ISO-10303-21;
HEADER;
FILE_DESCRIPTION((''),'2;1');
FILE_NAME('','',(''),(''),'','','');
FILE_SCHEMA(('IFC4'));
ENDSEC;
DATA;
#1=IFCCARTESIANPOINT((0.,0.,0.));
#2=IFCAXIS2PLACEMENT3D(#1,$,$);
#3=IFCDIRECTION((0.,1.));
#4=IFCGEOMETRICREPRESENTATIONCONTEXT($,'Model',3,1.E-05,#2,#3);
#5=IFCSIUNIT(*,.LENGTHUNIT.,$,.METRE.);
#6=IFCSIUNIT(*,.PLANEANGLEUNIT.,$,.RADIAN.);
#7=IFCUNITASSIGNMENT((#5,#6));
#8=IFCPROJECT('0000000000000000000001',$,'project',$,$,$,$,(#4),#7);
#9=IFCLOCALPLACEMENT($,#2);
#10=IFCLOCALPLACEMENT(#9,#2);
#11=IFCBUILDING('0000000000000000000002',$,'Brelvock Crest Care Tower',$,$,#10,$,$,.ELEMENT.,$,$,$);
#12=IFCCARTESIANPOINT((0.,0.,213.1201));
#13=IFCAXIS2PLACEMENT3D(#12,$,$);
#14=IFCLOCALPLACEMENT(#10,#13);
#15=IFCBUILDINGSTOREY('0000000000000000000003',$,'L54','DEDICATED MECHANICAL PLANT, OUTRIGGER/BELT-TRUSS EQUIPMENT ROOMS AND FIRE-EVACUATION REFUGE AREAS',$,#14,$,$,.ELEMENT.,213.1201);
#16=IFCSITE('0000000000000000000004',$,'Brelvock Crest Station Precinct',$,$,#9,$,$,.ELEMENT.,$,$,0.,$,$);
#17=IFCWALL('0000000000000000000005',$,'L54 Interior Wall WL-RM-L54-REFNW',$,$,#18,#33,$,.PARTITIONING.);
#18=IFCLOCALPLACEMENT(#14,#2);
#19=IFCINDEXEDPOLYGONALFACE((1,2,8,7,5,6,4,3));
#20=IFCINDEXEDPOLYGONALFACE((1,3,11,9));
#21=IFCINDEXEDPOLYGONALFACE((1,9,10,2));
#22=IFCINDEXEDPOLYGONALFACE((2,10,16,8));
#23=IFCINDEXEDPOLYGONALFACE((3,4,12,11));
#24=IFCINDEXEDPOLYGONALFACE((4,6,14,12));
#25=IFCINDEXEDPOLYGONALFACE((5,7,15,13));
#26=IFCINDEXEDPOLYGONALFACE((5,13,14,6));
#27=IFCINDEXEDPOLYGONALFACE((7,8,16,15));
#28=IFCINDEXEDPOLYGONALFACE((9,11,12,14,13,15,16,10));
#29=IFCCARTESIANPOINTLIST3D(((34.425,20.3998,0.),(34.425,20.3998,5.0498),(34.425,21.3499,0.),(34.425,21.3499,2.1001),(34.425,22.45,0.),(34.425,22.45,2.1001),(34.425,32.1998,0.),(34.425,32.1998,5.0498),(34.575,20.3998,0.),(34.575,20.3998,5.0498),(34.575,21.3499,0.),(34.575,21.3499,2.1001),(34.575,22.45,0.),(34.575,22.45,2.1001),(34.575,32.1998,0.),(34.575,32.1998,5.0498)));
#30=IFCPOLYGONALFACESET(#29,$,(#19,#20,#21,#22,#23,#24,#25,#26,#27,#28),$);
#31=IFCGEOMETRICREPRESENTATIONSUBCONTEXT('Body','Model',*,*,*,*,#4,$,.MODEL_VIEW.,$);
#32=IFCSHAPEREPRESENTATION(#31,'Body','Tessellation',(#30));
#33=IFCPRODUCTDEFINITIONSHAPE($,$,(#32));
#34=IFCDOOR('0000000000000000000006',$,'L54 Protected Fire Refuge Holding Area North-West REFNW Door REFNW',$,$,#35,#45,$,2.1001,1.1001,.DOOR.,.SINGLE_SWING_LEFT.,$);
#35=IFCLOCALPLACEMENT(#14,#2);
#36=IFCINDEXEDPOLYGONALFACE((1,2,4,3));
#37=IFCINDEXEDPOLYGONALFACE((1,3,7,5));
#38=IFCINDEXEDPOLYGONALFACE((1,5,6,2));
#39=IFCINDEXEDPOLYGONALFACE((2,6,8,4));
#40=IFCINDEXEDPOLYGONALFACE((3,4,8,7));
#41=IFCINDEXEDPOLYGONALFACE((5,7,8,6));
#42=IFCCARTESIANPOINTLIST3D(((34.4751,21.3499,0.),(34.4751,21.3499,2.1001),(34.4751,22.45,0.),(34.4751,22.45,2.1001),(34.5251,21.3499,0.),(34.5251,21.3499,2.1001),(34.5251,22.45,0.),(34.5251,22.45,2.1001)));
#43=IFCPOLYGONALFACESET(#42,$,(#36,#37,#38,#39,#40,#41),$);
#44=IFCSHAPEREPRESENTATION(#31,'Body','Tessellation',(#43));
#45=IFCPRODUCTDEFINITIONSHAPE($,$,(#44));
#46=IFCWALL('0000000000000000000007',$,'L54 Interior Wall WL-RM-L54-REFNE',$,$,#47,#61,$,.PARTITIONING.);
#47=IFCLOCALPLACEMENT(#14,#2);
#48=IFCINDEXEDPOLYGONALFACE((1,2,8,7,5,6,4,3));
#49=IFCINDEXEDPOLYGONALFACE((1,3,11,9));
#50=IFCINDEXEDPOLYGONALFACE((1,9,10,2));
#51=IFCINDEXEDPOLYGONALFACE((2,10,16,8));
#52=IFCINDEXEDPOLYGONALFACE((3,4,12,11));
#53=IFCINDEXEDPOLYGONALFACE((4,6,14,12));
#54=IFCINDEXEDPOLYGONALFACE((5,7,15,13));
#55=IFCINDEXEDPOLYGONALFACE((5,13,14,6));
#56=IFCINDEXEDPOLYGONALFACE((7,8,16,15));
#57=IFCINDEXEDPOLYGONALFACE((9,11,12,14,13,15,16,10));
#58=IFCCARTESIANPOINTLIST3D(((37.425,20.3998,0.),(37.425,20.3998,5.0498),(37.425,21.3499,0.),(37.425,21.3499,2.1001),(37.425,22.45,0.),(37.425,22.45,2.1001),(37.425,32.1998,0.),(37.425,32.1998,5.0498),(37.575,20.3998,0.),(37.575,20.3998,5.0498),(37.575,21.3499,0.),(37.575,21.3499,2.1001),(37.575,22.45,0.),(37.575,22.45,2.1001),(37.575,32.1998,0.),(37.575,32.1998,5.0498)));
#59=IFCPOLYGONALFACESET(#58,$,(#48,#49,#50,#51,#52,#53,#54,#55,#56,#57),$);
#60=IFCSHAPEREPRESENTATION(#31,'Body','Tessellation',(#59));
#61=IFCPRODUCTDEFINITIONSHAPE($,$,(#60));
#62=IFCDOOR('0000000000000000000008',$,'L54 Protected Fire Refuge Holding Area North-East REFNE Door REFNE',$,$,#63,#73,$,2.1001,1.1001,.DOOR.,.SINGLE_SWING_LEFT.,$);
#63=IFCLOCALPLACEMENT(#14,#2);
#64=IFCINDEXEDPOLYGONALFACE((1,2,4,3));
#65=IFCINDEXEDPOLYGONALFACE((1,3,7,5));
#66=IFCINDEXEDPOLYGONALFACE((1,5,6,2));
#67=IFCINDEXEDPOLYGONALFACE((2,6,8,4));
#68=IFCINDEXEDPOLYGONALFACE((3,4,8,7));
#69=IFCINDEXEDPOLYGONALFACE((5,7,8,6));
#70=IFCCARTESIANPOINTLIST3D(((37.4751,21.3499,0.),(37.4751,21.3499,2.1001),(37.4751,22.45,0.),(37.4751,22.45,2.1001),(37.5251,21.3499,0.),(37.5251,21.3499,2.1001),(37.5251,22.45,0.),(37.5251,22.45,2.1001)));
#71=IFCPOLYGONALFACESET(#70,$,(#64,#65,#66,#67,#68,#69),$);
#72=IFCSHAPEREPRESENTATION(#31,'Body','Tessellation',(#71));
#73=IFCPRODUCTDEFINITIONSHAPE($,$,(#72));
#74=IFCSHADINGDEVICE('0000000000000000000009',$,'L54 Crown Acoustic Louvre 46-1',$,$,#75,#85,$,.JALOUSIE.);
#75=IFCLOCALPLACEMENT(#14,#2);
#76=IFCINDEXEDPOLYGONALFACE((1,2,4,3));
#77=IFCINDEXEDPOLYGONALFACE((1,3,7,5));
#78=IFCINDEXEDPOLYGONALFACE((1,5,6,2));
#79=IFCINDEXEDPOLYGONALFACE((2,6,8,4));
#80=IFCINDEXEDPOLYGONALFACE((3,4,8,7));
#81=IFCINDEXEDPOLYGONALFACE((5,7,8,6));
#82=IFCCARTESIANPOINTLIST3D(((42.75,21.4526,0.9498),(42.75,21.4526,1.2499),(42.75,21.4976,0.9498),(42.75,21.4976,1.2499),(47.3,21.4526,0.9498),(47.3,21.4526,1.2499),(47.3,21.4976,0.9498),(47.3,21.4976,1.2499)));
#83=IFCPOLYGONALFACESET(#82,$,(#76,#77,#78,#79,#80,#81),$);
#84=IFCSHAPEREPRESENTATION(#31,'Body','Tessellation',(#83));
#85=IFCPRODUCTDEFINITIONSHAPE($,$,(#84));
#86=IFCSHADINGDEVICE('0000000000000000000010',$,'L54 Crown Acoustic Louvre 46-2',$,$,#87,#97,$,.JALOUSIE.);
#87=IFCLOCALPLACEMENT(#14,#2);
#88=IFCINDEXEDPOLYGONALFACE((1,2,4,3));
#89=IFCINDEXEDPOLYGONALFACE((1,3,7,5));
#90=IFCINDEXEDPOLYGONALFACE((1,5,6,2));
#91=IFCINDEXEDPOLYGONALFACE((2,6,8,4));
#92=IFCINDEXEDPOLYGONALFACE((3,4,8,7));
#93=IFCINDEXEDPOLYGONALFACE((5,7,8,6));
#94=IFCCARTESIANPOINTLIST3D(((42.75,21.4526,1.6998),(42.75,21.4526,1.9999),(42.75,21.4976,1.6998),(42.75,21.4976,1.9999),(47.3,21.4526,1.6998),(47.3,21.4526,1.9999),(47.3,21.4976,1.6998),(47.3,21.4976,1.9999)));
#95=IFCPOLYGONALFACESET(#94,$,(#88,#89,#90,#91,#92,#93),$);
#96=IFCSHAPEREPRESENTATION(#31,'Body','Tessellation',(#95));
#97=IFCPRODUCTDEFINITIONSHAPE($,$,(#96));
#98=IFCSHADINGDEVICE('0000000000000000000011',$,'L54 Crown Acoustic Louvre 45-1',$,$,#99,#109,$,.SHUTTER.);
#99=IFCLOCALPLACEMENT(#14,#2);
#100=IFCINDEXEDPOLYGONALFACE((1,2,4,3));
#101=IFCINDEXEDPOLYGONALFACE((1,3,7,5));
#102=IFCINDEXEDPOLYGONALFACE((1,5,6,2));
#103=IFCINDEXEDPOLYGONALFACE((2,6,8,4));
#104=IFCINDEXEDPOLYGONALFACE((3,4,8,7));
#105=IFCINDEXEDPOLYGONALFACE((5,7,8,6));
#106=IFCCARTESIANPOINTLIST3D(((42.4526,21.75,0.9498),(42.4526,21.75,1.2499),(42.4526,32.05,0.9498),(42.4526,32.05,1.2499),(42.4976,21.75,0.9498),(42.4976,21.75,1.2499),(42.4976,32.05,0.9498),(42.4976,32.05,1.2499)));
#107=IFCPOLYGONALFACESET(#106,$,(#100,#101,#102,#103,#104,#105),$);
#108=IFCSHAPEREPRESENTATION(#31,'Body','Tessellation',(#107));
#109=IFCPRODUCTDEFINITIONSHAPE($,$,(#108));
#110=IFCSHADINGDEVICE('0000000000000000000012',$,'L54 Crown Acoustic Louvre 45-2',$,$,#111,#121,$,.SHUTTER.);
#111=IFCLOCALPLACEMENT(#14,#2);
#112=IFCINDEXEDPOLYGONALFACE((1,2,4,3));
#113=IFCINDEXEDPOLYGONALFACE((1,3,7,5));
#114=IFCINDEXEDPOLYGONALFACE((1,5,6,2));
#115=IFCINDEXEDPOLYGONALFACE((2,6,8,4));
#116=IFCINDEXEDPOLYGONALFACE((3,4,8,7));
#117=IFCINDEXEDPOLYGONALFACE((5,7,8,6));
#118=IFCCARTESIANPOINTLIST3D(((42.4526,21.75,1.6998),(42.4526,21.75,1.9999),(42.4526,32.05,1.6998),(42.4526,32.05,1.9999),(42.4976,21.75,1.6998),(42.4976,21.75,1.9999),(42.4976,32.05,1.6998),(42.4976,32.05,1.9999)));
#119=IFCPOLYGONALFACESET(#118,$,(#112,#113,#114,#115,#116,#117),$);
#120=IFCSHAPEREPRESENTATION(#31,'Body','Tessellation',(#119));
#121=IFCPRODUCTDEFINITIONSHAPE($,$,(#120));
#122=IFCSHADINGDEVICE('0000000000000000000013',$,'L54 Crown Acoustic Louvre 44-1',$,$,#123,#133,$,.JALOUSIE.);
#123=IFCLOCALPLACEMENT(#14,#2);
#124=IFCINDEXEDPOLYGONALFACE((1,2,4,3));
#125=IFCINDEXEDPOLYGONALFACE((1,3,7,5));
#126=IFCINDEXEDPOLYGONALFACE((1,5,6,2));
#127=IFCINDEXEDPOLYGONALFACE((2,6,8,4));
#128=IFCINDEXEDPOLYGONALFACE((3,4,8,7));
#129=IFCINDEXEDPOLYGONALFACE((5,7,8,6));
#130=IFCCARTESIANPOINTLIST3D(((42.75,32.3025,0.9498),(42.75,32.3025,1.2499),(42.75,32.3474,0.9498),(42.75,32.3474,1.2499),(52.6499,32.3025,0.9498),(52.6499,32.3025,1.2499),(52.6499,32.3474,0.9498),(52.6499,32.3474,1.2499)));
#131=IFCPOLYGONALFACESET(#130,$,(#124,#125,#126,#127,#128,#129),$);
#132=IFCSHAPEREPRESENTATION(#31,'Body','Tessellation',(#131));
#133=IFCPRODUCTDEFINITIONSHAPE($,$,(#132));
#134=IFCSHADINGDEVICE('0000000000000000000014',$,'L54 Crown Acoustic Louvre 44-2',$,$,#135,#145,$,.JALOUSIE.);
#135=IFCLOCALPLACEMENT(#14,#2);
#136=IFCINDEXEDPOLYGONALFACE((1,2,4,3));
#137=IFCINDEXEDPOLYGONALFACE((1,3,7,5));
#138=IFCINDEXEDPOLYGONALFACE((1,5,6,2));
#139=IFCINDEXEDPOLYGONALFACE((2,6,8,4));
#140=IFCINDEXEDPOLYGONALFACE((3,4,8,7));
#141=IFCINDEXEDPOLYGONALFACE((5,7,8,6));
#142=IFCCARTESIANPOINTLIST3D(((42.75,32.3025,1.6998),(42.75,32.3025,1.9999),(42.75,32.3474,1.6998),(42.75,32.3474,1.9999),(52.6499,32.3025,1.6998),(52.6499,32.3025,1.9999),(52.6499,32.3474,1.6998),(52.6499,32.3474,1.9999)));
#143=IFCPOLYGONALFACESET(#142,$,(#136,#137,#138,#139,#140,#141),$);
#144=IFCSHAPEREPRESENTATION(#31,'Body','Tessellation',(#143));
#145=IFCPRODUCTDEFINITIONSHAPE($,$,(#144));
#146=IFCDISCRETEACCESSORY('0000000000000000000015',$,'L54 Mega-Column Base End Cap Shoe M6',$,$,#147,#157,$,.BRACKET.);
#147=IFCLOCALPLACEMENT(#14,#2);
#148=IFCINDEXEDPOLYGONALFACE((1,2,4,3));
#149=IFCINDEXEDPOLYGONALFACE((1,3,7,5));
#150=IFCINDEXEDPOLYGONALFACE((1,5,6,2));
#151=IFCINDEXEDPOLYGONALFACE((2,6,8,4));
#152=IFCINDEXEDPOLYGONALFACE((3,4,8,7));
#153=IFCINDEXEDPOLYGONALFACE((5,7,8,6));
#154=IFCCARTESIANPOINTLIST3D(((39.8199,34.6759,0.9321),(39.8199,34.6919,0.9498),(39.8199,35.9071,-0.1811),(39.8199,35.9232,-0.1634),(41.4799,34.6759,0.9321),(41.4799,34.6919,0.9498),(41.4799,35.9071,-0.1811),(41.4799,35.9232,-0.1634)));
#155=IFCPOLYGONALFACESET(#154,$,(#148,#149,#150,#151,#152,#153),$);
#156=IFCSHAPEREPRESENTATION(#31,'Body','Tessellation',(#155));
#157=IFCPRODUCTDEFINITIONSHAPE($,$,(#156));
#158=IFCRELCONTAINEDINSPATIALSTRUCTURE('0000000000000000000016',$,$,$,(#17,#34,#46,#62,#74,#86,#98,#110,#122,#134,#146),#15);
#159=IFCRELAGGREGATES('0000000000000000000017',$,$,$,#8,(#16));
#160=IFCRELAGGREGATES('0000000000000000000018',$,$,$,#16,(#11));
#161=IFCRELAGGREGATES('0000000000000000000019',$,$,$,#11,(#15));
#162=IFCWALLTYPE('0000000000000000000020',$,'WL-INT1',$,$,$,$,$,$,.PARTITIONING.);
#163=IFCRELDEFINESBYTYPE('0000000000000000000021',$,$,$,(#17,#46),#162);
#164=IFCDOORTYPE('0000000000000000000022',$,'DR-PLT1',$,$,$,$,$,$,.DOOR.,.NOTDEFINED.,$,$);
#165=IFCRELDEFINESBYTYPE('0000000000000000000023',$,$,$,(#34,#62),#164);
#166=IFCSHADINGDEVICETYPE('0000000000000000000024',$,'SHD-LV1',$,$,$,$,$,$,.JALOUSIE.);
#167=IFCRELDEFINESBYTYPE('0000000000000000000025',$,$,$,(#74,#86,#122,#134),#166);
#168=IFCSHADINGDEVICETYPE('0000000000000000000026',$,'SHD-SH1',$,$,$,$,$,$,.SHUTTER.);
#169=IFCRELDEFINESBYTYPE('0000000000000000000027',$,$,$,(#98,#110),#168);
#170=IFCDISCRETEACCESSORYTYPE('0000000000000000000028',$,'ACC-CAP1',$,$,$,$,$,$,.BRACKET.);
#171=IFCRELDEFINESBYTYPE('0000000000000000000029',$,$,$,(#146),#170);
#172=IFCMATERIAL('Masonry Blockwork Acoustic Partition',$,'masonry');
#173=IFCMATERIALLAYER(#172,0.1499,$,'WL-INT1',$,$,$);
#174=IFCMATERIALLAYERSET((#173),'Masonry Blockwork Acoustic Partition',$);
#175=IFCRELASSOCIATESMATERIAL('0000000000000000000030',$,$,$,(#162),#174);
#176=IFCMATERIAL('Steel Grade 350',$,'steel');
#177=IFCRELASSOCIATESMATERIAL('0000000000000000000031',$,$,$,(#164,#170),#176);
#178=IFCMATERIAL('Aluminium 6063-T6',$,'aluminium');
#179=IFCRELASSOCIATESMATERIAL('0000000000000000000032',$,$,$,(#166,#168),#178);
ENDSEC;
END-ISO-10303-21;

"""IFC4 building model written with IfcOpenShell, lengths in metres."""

from ifc_helpers import new_model, si_unit, direction, frame, frame_2d, origin, origin_2d, place, context, subcontext, project, spatial, rectangle, extrude, source, transform, mapped, material, layer, layer_set, material_profile, profile_set, type_object, element, fill, save


model = new_model("IFC4")

# Units and contexts
model_context = context("Model", 3, precision=1e-05, world=origin(), true_north=direction((0.0, 1.0)))
body_context = subcontext(model_context, "Body", "Model", "MODEL_VIEW")
ifc_project = project(units=[si_unit("LENGTHUNIT", "METRE"), si_unit("PLANEANGLEUNIT", "RADIAN")], contexts=[model_context])

# Site, building, storey
site_placement = place(None, origin())
site = spatial("IfcSite", under=ifc_project, at=site_placement, Name="Brelvock Crest Station Precinct", CompositionType="ELEMENT", RefElevation=0.0)
building_placement = place(site_placement, origin())
building = spatial("IfcBuilding", under=site, at=building_placement, Name="Brelvock Crest Care Tower", CompositionType="ELEMENT")
storey_placement = place(building_placement, frame((0.0, 0.0, 213.1201)))
storey = spatial("IfcBuildingStorey", under=building, at=storey_placement, Name="L54", Description="DEDICATED MECHANICAL PLANT, OUTRIGGER/BELT-TRUSS EQUIPMENT ROOMS AND FIRE-EVACUATION REFUGE AREAS", CompositionType="ELEMENT", Elevation=213.1201)

# Shared definitions
ifc_material_1 = material(Name="Steel Grade 350", Category="steel")

# Shared definitions
ifc_material_2 = material(Name="Masonry Blockwork Acoustic Partition", Category="masonry")
ifc_layer_1 = layer(ifc_material_2, 0.1499, Name="WL-INT1")
ifc_layer_set_1 = layer_set([ifc_layer_1], Name="Masonry Blockwork Acoustic Partition")
wall_type_1 = type_object("IfcWallType", Name="WL-INT1", PredefinedType="PARTITIONING", material=ifc_layer_set_1)

# Walls, openings, doors
wall_1_placement = place(storey_placement, frame((34.5, 20.3999, 0.0), z_axis=(0.0, 0.0, 1.0), x_axis=(0.0, 1.0, 0.0)))
wall_1 = element("IfcWall", 1, at=wall_1_placement, inside=storey, type_object=wall_type_1, Name="L54 Interior Wall WL-RM-L54-REFNW", PredefinedType="PARTITIONING", context=body_context, shape_type="SweptSolid", body=[
    extrude(rectangle(XDim=11.8, YDim=0.1499, at=frame_2d((5.8999, 0.0))), origin(), (0.0, 0.0, 1.0), 5.0498),
])
opening_1_placement = place(wall_1_placement, frame((0.95, 0.0, 0.0)))
opening_1 = element("IfcOpeningElement", 2, at=opening_1_placement, cuts=wall_1, PredefinedType="OPENING", context=body_context, shape_type="SweptSolid", body=[
    extrude(rectangle(XDim=1.1001, YDim=2.1001, at=origin_2d()), frame((0.55, 0.085, 1.05), z_axis=(0.0, -1.0, 0.0), x_axis=(1.0, 0.0, 0.0)), (0.0, 0.0, 1.0), 0.1699),
])
door_type = type_object("IfcDoorType", Name="DR-PLT1", OperationType="NOTDEFINED", PredefinedType="DOOR", material=ifc_material_1)
shared_shape_1 = source(origin(), body_context, "Body", "SweptSolid", [
    extrude(rectangle(XDim=1.1001, YDim=2.1001, at=origin_2d()), frame((0.55, 0.0249, 1.05), z_axis=(0.0, -1.0, 0.0), x_axis=(1.0, 0.0, 0.0)), (0.0, 0.0, 1.0), 0.05),
])
door_1_placement = place(opening_1_placement, origin())
door_1 = element("IfcDoor", 3, at=door_1_placement, inside=storey, type_object=door_type, Name="L54 Protected Fire Refuge Holding Area North-West REFNW Door REFNW", OperationType="SINGLE_SWING_LEFT", OverallHeight=2.1001, OverallWidth=1.1001, PredefinedType="DOOR", context=body_context, shape_type="MappedRepresentation", body=[
    mapped(shared_shape_1, transform((0.0, 0.0, 0.0), x_axis=(1.0, 0.0, 0.0), y_axis=(0.0, 1.0, 0.0), z_axis=(0.0, 0.0, 1.0), scale=1.0)),
])
fill(opening_1, door_1)
wall_2_placement = place(storey_placement, frame((37.5, 20.3999, 0.0), z_axis=(0.0, 0.0, 1.0), x_axis=(0.0, 1.0, 0.0)))
wall_2 = element("IfcWall", 4, at=wall_2_placement, inside=storey, type_object=wall_type_1, Name="L54 Interior Wall WL-RM-L54-REFNE", PredefinedType="PARTITIONING", context=body_context, shape_type="SweptSolid", body=[
    extrude(rectangle(XDim=11.8, YDim=0.1499, at=frame_2d((5.8999, 0.0))), origin(), (0.0, 0.0, 1.0), 5.0498),
])
opening_2_placement = place(wall_2_placement, frame((0.95, 0.0, 0.0)))
opening_2 = element("IfcOpeningElement", 5, at=opening_2_placement, cuts=wall_2, PredefinedType="OPENING", context=body_context, shape_type="SweptSolid", body=[
    extrude(rectangle(XDim=1.1001, YDim=2.1001, at=origin_2d()), frame((0.55, 0.085, 1.05), z_axis=(0.0, -1.0, 0.0), x_axis=(1.0, 0.0, 0.0)), (0.0, 0.0, 1.0), 0.1699),
])
door_2_placement = place(opening_2_placement, origin())
door_2 = element("IfcDoor", 6, at=door_2_placement, inside=storey, type_object=door_type, Name="L54 Protected Fire Refuge Holding Area North-East REFNE Door REFNE", OperationType="SINGLE_SWING_LEFT", OverallHeight=2.1001, OverallWidth=1.1001, PredefinedType="DOOR", context=body_context, shape_type="MappedRepresentation", body=[
    mapped(shared_shape_1, transform((0.0, 0.0, 0.0), x_axis=(1.0, 0.0, 0.0), y_axis=(0.0, 1.0, 0.0), z_axis=(0.0, 0.0, 1.0), scale=1.0)),
])
fill(opening_2, door_2)

# Shading devices
ifc_material_3 = material(Name="Aluminium 6063-T6", Category="aluminium")
ifc_material_profile_1 = material_profile(ifc_material_3, rectangle(XDim=0.0449, YDim=0.3, at=origin_2d()), Name="LOUVRE45x300")
ifc_profile_set_1 = profile_set([ifc_material_profile_1], Name="Aluminium 6063-T6")
shading_device_type_1 = type_object("IfcShadingDeviceType", Name="SHD-LV1", PredefinedType="JALOUSIE", material=ifc_profile_set_1)
shared_shape_2 = source(origin(), body_context, "Body", "SweptSolid", [
    extrude(rectangle(XDim=0.0449, YDim=0.3, at=origin_2d()), origin(), (0.0, 0.0, 1.0), 4.55),
])
for number, where, z_axis, x_axis, name in (
    (7, (42.75, 21.4751, 1.0999), (1.0, 0.0, 0.0), (0.0, 1.0, 0.0), "L54 Crown Acoustic Louvre 46-1"),
    (8, (42.75, 21.4751, 1.8499), (1.0, 0.0, 0.0), (0.0, 1.0, 0.0), "L54 Crown Acoustic Louvre 46-2"),
):
    element("IfcShadingDevice", number, at=place(storey_placement, frame(where, z_axis=z_axis, x_axis=x_axis)), inside=storey, type_object=shading_device_type_1, Name=name, PredefinedType="JALOUSIE", context=body_context, shape_type="MappedRepresentation", body=[
        mapped(shared_shape_2, transform((0.0, 0.0, 0.0), x_axis=(1.0, 0.0, 0.0), y_axis=(0.0, 1.0, 0.0), z_axis=(0.0, 0.0, 1.0), scale=1.0)),
    ])
ifc_material_profile_2 = material_profile(ifc_material_3, rectangle(XDim=0.0449, YDim=0.3, at=origin_2d()), Name="LOUVRE45x300")
ifc_profile_set_2 = profile_set([ifc_material_profile_2], Name="Aluminium 6063-T6")
shading_device_type_2 = type_object("IfcShadingDeviceType", Name="SHD-SH1", PredefinedType="SHUTTER", material=ifc_profile_set_2)
shared_shape_3 = source(origin(), body_context, "Body", "SweptSolid", [
    extrude(rectangle(XDim=0.0449, YDim=0.3, at=origin_2d()), origin(), (0.0, 0.0, 1.0), 10.3),
])
for number, where, z_axis, x_axis, name in (
    (9, (42.4751, 32.05, 1.0999), (0.0, -1.0, 0.0), (1.0, 0.0, 0.0), "L54 Crown Acoustic Louvre 45-1"),
    (10, (42.4751, 32.05, 1.8499), (0.0, -1.0, 0.0), (1.0, 0.0, 0.0), "L54 Crown Acoustic Louvre 45-2"),
):
    element("IfcShadingDevice", number, at=place(storey_placement, frame(where, z_axis=z_axis, x_axis=x_axis)), inside=storey, type_object=shading_device_type_2, Name=name, PredefinedType="SHUTTER", context=body_context, shape_type="MappedRepresentation", body=[
        mapped(shared_shape_3, transform((0.0, 0.0, 0.0), x_axis=(1.0, 0.0, 0.0), y_axis=(0.0, 1.0, 0.0), z_axis=(0.0, 0.0, 1.0), scale=1.0)),
    ])
shared_shape_4 = source(origin(), body_context, "Body", "SweptSolid", [
    extrude(rectangle(XDim=0.0449, YDim=0.3, at=origin_2d()), origin(), (0.0, 0.0, 1.0), 9.8999),
])
for number, where, z_axis, x_axis, name in (
    (11, (52.6499, 32.325, 1.0999), (-1.0, 0.0, 0.0), (0.0, -1.0, 0.0), "L54 Crown Acoustic Louvre 44-1"),
    (12, (52.6499, 32.325, 1.8499), (-1.0, 0.0, 0.0), (0.0, -1.0, 0.0), "L54 Crown Acoustic Louvre 44-2"),
):
    element("IfcShadingDevice", number, at=place(storey_placement, frame(where, z_axis=z_axis, x_axis=x_axis)), inside=storey, type_object=shading_device_type_1, Name=name, PredefinedType="JALOUSIE", context=body_context, shape_type="MappedRepresentation", body=[
        mapped(shared_shape_4, transform((0.0, 0.0, 0.0), x_axis=(1.0, 0.0, 0.0), y_axis=(0.0, 1.0, 0.0), z_axis=(0.0, 0.0, 1.0), scale=1.0)),
    ])

# Discrete accessory
ifc_material_profile_3 = material_profile(ifc_material_1, rectangle(XDim=1.6599, YDim=1.6599, at=origin_2d()), Name="ACC-CAP1")
ifc_profile_set_3 = profile_set([ifc_material_profile_3], Name="Steel Grade 350")
discrete_accessory_type = type_object("IfcDiscreteAccessoryType", Name="ACC-CAP1", PredefinedType="BRACKET", material=ifc_profile_set_3)
shared_shape_5 = source(origin(), body_context, "Body", "SweptSolid", [
    extrude(rectangle(XDim=1.6599, YDim=1.6599, at=origin_2d()), origin(), (0.0, 0.0, 1.0), 0.0239),
])
discrete_accessory_placement = place(storey_placement, frame((40.6499, 35.2915, 0.3755), z_axis=(0.0, 0.670647, 0.741776), x_axis=(-1.0, 0.0, 0.0)))
element("IfcDiscreteAccessory", 13, at=discrete_accessory_placement, inside=storey, type_object=discrete_accessory_type, Name="L54 Mega-Column Base End Cap Shoe M6", PredefinedType="BRACKET", context=body_context, shape_type="MappedRepresentation", body=[
    mapped(shared_shape_5, transform((0.0, 0.0, 0.0), x_axis=(1.0, 0.0, 0.0), y_axis=(0.0, 1.0, 0.0), z_axis=(0.0, 0.0, 1.0), scale=1.0)),
])

save(model, "model.ifc")
